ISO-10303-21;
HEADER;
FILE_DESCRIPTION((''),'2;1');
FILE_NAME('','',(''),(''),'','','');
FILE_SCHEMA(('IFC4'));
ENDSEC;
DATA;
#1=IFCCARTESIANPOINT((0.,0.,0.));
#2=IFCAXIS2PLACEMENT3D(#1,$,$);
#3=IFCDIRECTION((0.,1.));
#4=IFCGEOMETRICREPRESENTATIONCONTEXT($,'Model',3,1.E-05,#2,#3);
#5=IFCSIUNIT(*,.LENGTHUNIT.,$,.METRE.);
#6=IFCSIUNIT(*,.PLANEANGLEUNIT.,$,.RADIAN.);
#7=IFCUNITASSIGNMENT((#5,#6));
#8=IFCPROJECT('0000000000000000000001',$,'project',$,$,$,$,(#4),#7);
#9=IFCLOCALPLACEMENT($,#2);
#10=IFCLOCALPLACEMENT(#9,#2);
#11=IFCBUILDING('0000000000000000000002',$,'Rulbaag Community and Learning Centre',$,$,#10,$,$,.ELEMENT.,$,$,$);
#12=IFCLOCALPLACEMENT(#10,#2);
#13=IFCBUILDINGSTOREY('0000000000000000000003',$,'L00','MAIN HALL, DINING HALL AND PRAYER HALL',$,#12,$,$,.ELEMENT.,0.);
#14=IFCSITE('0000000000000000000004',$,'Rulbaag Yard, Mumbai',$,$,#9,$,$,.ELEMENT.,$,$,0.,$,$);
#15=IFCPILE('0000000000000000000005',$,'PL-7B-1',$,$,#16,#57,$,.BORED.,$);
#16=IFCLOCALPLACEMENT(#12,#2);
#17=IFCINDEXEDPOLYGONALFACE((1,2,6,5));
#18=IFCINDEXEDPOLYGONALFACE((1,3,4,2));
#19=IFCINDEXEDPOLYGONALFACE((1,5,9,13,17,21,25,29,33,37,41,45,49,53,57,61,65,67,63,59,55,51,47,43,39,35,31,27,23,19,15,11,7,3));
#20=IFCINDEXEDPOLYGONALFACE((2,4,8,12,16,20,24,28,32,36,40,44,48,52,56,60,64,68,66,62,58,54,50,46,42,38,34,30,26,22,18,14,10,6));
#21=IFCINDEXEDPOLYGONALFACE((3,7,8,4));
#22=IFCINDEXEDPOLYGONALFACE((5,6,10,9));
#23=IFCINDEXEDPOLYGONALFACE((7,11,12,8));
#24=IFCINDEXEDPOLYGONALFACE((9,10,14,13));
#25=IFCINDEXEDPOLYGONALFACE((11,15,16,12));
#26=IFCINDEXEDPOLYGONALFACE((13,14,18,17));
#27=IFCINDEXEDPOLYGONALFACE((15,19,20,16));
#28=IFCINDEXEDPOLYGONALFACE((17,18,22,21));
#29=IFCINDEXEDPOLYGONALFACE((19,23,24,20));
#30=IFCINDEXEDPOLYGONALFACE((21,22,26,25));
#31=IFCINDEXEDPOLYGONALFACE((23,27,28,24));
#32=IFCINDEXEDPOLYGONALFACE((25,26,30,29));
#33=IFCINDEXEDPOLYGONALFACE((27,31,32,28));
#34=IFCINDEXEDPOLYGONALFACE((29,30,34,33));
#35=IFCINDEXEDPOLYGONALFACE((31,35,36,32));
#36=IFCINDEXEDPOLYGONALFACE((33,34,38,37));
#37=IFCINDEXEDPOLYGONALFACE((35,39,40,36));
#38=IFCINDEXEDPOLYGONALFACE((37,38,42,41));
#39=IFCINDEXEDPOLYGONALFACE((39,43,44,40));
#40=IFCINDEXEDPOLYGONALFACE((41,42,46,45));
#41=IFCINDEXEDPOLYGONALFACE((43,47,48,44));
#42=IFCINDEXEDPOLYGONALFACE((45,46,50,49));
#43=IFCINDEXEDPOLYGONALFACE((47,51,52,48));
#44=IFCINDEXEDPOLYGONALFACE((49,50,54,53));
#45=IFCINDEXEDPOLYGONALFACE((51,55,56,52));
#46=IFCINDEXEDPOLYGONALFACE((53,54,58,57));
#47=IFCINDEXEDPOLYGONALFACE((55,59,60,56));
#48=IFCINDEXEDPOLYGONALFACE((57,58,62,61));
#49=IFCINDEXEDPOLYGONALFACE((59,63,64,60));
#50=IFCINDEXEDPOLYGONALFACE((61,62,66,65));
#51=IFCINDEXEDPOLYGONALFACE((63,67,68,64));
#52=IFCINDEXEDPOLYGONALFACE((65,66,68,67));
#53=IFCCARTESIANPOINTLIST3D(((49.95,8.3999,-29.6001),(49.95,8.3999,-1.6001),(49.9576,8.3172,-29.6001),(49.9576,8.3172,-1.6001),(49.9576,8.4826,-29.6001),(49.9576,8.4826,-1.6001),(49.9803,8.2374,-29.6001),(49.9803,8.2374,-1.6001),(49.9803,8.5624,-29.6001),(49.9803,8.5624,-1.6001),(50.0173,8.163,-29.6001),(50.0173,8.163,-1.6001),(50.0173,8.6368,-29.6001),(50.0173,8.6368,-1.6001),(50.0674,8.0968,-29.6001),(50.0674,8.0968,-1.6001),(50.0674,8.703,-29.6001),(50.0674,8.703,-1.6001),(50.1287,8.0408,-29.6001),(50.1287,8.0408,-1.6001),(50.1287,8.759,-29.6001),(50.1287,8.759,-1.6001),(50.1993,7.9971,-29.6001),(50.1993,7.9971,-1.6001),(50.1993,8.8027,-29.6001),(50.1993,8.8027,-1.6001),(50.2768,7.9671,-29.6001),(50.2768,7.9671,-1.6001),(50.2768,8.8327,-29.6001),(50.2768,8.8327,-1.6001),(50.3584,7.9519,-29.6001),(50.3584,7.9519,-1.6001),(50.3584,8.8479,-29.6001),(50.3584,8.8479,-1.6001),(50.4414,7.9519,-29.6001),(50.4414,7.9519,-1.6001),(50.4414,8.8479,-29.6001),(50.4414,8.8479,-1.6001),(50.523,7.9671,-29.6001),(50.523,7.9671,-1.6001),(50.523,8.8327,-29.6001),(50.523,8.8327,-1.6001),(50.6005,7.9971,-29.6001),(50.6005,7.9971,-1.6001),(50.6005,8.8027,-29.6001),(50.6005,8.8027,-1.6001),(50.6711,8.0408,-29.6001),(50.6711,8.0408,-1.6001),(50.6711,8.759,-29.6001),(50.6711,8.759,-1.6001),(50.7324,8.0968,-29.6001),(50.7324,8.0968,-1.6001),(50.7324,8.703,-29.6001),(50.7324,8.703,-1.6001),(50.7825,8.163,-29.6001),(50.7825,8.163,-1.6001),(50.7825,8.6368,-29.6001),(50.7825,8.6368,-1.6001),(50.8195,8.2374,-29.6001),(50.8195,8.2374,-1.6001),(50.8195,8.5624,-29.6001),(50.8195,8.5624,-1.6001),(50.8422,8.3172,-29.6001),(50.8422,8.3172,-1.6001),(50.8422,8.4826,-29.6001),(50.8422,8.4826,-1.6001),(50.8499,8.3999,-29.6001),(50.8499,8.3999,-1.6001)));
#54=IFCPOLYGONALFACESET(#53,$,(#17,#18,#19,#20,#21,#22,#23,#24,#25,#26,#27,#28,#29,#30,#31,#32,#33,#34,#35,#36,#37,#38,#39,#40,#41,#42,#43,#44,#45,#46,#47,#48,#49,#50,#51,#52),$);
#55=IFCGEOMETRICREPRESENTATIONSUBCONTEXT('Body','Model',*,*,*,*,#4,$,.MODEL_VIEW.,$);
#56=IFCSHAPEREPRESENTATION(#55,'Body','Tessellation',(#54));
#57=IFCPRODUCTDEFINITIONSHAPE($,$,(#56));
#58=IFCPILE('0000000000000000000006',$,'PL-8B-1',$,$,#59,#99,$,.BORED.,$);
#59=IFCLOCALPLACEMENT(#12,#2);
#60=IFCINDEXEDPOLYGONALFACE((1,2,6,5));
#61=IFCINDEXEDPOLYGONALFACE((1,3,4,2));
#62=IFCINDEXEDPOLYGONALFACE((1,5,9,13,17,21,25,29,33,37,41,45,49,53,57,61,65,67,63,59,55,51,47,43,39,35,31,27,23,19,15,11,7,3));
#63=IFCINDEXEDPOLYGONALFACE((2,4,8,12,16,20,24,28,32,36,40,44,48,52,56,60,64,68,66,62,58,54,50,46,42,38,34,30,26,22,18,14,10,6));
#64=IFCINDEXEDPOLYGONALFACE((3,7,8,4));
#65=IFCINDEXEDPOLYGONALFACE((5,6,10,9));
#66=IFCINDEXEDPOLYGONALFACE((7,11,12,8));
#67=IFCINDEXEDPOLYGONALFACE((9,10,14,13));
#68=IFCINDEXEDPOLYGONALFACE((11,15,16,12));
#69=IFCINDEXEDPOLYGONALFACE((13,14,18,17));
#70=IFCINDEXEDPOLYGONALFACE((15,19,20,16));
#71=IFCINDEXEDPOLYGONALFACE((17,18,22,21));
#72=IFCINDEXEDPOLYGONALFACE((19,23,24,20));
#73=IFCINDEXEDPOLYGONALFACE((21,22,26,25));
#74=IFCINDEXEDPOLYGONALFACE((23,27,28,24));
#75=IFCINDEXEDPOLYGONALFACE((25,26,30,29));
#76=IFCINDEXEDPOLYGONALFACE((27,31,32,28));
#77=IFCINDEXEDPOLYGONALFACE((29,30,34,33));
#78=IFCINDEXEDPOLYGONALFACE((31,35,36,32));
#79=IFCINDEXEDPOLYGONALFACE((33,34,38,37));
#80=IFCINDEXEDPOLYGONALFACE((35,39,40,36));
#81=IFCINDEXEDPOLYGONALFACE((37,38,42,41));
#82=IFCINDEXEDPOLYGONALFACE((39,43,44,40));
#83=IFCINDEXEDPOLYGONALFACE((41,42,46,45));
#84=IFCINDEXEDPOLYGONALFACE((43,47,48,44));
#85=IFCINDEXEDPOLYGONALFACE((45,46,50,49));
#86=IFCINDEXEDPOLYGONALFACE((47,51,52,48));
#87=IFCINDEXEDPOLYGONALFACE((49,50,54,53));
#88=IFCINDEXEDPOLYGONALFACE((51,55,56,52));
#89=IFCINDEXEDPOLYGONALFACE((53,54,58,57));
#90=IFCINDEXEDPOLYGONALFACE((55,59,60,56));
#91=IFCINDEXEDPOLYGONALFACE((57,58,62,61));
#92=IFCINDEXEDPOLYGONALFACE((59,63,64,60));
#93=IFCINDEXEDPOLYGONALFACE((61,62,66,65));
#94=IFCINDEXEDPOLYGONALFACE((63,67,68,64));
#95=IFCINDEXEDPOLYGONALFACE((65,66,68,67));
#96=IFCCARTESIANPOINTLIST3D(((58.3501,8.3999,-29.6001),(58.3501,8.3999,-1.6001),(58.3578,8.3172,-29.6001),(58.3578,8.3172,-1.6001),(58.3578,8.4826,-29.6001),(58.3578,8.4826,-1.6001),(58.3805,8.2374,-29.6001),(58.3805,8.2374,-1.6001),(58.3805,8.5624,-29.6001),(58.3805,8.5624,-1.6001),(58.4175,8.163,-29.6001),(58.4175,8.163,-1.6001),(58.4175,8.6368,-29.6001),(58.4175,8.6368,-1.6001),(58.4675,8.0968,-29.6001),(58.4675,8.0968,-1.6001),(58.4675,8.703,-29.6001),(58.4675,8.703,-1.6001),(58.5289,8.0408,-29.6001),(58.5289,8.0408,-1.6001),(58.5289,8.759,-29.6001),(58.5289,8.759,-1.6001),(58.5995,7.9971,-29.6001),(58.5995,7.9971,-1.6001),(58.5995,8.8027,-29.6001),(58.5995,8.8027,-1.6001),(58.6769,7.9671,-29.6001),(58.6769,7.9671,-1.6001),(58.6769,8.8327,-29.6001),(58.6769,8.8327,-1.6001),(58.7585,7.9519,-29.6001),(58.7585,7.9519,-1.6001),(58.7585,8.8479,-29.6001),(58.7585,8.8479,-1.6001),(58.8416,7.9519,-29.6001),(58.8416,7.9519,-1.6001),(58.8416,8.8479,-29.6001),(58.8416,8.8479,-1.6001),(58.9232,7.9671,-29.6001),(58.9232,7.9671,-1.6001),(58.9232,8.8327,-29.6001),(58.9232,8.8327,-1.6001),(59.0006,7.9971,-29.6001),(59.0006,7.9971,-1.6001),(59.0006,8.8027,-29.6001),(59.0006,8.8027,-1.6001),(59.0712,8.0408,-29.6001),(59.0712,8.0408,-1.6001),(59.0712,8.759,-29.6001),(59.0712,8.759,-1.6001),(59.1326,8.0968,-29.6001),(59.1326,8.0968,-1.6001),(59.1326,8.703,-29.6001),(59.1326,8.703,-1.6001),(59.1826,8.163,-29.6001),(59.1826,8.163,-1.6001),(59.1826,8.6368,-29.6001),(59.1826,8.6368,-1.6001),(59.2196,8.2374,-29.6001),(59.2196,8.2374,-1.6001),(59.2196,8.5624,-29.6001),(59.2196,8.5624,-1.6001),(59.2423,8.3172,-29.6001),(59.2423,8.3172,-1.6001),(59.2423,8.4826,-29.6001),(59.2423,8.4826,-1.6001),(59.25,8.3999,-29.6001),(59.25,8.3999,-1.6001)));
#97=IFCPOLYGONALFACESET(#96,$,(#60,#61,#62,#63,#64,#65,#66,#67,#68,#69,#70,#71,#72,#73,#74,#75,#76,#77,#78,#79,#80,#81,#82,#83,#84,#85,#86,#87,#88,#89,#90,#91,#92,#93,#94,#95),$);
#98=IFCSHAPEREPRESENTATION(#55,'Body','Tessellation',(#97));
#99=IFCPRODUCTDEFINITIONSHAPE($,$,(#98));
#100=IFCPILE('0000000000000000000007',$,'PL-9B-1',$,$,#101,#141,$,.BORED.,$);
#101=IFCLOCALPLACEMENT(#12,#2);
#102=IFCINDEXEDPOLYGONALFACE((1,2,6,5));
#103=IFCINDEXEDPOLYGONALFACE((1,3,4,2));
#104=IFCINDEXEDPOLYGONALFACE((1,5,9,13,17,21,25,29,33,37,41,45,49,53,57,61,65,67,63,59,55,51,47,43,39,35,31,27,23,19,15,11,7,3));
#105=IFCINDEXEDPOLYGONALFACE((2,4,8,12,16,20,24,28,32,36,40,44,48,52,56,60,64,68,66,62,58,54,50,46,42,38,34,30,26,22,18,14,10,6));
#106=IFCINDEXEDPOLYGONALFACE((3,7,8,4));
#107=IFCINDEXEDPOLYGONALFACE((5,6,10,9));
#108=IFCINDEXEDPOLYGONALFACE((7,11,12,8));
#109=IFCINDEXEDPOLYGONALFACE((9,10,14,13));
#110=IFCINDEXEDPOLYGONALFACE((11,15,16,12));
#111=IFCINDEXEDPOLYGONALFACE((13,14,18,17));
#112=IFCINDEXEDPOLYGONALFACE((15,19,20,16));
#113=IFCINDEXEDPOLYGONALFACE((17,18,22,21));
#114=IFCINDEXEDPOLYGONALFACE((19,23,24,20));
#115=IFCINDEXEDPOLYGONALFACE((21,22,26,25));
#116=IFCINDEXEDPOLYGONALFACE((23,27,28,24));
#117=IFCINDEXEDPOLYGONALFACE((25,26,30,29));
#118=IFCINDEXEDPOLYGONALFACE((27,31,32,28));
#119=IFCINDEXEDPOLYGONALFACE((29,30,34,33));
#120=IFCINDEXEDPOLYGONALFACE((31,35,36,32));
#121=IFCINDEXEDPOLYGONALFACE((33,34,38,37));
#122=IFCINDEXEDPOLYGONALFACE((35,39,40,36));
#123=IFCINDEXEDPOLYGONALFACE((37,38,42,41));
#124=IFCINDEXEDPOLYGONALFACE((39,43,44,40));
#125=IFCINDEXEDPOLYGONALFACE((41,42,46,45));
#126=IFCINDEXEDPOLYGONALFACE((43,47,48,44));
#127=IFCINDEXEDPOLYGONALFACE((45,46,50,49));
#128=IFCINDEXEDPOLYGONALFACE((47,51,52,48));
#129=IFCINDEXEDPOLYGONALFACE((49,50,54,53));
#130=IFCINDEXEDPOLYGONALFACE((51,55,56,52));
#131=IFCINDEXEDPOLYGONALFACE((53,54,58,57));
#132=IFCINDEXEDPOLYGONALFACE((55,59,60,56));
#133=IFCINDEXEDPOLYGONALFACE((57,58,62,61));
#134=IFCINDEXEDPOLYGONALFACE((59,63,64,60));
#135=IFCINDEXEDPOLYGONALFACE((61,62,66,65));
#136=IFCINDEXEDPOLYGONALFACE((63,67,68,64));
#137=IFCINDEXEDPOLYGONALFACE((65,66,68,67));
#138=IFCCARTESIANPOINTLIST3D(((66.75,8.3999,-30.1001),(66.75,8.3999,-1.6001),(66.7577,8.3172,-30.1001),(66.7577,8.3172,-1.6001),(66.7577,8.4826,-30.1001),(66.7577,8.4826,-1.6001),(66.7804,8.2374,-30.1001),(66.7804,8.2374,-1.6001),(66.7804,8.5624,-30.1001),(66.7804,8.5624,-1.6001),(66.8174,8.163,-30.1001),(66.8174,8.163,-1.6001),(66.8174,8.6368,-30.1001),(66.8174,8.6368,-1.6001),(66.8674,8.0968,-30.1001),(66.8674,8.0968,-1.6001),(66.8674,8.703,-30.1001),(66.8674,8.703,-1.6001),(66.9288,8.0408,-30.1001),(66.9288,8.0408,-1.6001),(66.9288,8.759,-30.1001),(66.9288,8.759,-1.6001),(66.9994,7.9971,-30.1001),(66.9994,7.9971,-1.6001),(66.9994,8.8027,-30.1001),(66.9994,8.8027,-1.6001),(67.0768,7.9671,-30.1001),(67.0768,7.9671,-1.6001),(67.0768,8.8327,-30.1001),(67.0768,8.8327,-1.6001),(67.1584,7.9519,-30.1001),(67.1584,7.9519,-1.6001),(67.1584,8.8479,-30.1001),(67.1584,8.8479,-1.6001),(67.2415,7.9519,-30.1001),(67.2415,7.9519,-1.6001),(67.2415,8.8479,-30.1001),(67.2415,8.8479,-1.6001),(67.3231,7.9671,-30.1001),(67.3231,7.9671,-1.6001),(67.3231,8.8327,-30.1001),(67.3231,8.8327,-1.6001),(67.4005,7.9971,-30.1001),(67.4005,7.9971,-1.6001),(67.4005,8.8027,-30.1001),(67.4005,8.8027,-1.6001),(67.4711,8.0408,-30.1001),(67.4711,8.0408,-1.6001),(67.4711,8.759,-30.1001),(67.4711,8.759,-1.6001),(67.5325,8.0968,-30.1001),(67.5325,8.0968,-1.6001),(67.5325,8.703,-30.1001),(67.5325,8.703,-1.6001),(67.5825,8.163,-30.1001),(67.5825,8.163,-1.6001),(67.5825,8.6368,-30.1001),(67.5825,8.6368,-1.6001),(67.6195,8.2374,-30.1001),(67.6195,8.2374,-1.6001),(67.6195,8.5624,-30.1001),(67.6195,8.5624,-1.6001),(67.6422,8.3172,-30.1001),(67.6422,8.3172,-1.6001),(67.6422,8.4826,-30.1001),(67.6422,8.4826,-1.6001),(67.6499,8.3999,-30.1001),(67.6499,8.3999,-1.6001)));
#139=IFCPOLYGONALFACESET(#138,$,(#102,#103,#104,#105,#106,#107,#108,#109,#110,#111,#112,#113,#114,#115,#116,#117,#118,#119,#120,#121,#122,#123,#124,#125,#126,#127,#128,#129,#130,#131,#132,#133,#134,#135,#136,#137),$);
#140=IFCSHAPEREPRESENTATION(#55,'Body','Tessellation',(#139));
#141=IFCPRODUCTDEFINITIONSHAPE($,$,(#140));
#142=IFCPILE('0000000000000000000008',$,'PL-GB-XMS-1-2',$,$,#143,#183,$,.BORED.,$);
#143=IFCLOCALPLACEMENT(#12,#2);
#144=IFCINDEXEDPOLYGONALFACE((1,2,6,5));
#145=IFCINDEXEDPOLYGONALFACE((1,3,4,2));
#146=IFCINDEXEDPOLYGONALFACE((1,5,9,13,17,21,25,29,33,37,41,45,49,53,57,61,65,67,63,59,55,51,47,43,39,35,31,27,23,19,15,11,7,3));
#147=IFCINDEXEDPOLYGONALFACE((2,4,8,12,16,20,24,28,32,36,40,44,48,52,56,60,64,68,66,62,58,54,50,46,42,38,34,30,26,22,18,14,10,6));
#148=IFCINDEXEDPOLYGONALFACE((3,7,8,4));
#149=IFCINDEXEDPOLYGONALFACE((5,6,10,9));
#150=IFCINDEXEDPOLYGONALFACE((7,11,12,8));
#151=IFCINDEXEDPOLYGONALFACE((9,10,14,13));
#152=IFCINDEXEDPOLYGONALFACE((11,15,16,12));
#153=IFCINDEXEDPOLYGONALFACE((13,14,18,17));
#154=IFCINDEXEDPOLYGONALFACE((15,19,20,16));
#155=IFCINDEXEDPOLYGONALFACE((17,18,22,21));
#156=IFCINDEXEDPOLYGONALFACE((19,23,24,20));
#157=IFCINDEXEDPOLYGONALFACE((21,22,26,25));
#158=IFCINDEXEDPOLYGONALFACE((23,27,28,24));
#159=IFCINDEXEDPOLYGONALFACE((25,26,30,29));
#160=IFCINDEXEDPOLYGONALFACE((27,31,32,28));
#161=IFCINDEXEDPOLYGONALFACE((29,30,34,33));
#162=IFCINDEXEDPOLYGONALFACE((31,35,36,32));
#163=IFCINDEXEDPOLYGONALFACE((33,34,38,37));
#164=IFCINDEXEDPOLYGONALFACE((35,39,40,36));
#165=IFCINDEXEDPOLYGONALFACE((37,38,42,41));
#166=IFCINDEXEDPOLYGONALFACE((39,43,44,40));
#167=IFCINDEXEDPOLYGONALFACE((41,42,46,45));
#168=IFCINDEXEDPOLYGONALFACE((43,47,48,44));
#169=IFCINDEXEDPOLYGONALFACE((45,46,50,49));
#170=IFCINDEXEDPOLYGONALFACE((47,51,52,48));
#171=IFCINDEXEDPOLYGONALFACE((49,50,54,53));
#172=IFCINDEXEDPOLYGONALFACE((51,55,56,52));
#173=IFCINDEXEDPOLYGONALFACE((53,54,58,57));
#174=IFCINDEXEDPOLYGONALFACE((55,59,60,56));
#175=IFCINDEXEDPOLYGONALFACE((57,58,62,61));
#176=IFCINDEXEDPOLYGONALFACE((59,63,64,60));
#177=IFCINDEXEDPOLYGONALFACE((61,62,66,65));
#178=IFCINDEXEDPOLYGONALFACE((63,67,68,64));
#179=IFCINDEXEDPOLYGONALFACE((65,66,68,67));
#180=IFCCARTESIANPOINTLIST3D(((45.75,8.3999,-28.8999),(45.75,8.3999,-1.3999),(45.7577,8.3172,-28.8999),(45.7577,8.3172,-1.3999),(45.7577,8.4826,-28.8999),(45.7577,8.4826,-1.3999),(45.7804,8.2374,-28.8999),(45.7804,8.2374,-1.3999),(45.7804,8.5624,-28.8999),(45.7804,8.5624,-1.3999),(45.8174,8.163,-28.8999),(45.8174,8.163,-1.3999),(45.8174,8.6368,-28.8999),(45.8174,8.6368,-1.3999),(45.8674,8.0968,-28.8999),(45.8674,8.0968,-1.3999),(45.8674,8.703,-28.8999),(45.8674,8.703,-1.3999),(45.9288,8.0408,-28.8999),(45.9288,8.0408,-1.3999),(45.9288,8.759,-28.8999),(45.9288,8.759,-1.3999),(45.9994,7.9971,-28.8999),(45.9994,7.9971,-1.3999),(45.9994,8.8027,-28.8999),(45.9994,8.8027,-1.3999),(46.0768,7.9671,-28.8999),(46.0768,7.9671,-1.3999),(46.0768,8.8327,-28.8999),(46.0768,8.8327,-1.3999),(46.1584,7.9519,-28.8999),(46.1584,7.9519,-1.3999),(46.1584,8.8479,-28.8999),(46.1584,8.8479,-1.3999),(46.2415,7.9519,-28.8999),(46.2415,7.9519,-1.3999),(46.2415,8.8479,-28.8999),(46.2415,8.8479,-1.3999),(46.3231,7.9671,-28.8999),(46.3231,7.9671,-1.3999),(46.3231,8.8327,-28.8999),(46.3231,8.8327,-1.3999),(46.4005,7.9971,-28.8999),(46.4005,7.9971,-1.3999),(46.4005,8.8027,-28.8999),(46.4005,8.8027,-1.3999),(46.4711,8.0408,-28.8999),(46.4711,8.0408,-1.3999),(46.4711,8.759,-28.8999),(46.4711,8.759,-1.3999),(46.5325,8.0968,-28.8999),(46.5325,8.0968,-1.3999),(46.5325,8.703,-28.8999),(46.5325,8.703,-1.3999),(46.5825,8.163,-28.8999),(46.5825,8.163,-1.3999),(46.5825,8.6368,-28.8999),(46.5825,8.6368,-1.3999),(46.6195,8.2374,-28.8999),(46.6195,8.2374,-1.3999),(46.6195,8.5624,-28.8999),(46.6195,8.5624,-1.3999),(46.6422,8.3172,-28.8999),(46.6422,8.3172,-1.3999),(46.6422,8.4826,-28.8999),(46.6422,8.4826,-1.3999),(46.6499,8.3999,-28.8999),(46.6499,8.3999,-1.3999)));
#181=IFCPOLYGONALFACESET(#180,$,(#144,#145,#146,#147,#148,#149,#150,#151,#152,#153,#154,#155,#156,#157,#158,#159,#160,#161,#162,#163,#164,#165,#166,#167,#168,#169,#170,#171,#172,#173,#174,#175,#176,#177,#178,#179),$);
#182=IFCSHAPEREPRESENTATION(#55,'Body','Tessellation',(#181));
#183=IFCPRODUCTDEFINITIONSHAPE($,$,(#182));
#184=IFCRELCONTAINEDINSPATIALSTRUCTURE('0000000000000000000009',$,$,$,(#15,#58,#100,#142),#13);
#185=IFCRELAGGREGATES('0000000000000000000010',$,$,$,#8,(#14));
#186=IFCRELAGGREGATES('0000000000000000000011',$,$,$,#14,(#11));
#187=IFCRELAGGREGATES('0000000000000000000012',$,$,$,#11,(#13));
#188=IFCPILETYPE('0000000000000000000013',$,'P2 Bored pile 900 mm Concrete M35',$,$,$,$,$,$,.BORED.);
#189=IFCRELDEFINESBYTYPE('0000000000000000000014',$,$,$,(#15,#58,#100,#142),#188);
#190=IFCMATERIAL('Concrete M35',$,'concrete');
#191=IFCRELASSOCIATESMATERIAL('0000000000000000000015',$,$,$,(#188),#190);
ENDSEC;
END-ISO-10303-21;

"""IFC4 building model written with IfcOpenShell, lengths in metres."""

from ifc_helpers import new_model, si_unit, direction, frame, origin, origin_2d, place, context, subcontext, project, spatial, circle, extrude, material, material_profile, profile_set, type_object, element, save


model = new_model("IFC4")

# Units and contexts
model_context = context("Model", 3, precision=1e-05, world=origin(), true_north=direction((0.0, 1.0)))
body_context = subcontext(model_context, "Body", "Model", "MODEL_VIEW")
ifc_project = project(units=[si_unit("LENGTHUNIT", "METRE"), si_unit("PLANEANGLEUNIT", "RADIAN")], contexts=[model_context])

# Site, building, storey
site_placement = place(None, origin())
site = spatial("IfcSite", under=ifc_project, at=site_placement, Name="Rulbaag Yard, Mumbai", CompositionType="ELEMENT", RefElevation=0.0)
building_placement = place(site_placement, origin())
building = spatial("IfcBuilding", under=site, at=building_placement, Name="Rulbaag Community and Learning Centre", CompositionType="ELEMENT")
storey_placement = place(building_placement, origin())
storey = spatial("IfcBuildingStorey", under=building, at=storey_placement, Name="L00", Description="MAIN HALL, DINING HALL AND PRAYER HALL", CompositionType="ELEMENT", Elevation=0.0)

# Shared definitions
ifc_material_1 = material(Name="Concrete M35", Category="concrete")

# Piles
ifc_material_profile_1 = material_profile(ifc_material_1, circle(Radius=0.45, at=origin_2d()), Name="BP900")
ifc_profile_set_1 = profile_set([ifc_material_profile_1], Name="Concrete M35")
pile_type_1 = type_object("IfcPileType", Name="P2 Bored pile 900 mm Concrete M35", PredefinedType="BORED", material=ifc_profile_set_1)
for number, where, z_axis, x_axis, name in (
    (1, (50.3999, 8.3999, -1.6001), (0.0, 0.0, -1.0), (1.0, 0.0, 0.0), "PL-7B-1"),
    (2, (58.8, 8.3999, -1.6001), (0.0, 0.0, -1.0), (1.0, 0.0, 0.0), "PL-8B-1"),
):
    element("IfcPile", number, at=place(storey_placement, frame(where, z_axis=z_axis, x_axis=x_axis)), inside=storey, type_object=pile_type_1, Name=name, PredefinedType="BORED", context=body_context, shape_type="SweptSolid", body=[
        extrude(circle(Radius=0.45, at=origin_2d()), origin(), (0.0, 0.0, 1.0), 28.0),
    ])
pile_1_placement = place(storey_placement, frame((67.2, 8.3999, -1.6001), z_axis=(0.0, 0.0, -1.0), x_axis=(1.0, 0.0, 0.0)))
element("IfcPile", 3, at=pile_1_placement, inside=storey, type_object=pile_type_1, Name="PL-9B-1", PredefinedType="BORED", context=body_context, shape_type="SweptSolid", body=[
    extrude(circle(Radius=0.45, at=origin_2d()), origin(), (0.0, 0.0, 1.0), 28.5),
])
pile_2_placement = place(storey_placement, frame((46.2, 8.3999, -1.3999), z_axis=(0.0, 0.0, -1.0), x_axis=(1.0, 0.0, 0.0)))
element("IfcPile", 4, at=pile_2_placement, inside=storey, type_object=pile_type_1, Name="PL-GB-XMS-1-2", PredefinedType="BORED", context=body_context, shape_type="SweptSolid", body=[
    extrude(circle(Radius=0.45, at=origin_2d()), origin(), (0.0, 0.0, 1.0), 27.5),
])

save(model, "model.ifc")
